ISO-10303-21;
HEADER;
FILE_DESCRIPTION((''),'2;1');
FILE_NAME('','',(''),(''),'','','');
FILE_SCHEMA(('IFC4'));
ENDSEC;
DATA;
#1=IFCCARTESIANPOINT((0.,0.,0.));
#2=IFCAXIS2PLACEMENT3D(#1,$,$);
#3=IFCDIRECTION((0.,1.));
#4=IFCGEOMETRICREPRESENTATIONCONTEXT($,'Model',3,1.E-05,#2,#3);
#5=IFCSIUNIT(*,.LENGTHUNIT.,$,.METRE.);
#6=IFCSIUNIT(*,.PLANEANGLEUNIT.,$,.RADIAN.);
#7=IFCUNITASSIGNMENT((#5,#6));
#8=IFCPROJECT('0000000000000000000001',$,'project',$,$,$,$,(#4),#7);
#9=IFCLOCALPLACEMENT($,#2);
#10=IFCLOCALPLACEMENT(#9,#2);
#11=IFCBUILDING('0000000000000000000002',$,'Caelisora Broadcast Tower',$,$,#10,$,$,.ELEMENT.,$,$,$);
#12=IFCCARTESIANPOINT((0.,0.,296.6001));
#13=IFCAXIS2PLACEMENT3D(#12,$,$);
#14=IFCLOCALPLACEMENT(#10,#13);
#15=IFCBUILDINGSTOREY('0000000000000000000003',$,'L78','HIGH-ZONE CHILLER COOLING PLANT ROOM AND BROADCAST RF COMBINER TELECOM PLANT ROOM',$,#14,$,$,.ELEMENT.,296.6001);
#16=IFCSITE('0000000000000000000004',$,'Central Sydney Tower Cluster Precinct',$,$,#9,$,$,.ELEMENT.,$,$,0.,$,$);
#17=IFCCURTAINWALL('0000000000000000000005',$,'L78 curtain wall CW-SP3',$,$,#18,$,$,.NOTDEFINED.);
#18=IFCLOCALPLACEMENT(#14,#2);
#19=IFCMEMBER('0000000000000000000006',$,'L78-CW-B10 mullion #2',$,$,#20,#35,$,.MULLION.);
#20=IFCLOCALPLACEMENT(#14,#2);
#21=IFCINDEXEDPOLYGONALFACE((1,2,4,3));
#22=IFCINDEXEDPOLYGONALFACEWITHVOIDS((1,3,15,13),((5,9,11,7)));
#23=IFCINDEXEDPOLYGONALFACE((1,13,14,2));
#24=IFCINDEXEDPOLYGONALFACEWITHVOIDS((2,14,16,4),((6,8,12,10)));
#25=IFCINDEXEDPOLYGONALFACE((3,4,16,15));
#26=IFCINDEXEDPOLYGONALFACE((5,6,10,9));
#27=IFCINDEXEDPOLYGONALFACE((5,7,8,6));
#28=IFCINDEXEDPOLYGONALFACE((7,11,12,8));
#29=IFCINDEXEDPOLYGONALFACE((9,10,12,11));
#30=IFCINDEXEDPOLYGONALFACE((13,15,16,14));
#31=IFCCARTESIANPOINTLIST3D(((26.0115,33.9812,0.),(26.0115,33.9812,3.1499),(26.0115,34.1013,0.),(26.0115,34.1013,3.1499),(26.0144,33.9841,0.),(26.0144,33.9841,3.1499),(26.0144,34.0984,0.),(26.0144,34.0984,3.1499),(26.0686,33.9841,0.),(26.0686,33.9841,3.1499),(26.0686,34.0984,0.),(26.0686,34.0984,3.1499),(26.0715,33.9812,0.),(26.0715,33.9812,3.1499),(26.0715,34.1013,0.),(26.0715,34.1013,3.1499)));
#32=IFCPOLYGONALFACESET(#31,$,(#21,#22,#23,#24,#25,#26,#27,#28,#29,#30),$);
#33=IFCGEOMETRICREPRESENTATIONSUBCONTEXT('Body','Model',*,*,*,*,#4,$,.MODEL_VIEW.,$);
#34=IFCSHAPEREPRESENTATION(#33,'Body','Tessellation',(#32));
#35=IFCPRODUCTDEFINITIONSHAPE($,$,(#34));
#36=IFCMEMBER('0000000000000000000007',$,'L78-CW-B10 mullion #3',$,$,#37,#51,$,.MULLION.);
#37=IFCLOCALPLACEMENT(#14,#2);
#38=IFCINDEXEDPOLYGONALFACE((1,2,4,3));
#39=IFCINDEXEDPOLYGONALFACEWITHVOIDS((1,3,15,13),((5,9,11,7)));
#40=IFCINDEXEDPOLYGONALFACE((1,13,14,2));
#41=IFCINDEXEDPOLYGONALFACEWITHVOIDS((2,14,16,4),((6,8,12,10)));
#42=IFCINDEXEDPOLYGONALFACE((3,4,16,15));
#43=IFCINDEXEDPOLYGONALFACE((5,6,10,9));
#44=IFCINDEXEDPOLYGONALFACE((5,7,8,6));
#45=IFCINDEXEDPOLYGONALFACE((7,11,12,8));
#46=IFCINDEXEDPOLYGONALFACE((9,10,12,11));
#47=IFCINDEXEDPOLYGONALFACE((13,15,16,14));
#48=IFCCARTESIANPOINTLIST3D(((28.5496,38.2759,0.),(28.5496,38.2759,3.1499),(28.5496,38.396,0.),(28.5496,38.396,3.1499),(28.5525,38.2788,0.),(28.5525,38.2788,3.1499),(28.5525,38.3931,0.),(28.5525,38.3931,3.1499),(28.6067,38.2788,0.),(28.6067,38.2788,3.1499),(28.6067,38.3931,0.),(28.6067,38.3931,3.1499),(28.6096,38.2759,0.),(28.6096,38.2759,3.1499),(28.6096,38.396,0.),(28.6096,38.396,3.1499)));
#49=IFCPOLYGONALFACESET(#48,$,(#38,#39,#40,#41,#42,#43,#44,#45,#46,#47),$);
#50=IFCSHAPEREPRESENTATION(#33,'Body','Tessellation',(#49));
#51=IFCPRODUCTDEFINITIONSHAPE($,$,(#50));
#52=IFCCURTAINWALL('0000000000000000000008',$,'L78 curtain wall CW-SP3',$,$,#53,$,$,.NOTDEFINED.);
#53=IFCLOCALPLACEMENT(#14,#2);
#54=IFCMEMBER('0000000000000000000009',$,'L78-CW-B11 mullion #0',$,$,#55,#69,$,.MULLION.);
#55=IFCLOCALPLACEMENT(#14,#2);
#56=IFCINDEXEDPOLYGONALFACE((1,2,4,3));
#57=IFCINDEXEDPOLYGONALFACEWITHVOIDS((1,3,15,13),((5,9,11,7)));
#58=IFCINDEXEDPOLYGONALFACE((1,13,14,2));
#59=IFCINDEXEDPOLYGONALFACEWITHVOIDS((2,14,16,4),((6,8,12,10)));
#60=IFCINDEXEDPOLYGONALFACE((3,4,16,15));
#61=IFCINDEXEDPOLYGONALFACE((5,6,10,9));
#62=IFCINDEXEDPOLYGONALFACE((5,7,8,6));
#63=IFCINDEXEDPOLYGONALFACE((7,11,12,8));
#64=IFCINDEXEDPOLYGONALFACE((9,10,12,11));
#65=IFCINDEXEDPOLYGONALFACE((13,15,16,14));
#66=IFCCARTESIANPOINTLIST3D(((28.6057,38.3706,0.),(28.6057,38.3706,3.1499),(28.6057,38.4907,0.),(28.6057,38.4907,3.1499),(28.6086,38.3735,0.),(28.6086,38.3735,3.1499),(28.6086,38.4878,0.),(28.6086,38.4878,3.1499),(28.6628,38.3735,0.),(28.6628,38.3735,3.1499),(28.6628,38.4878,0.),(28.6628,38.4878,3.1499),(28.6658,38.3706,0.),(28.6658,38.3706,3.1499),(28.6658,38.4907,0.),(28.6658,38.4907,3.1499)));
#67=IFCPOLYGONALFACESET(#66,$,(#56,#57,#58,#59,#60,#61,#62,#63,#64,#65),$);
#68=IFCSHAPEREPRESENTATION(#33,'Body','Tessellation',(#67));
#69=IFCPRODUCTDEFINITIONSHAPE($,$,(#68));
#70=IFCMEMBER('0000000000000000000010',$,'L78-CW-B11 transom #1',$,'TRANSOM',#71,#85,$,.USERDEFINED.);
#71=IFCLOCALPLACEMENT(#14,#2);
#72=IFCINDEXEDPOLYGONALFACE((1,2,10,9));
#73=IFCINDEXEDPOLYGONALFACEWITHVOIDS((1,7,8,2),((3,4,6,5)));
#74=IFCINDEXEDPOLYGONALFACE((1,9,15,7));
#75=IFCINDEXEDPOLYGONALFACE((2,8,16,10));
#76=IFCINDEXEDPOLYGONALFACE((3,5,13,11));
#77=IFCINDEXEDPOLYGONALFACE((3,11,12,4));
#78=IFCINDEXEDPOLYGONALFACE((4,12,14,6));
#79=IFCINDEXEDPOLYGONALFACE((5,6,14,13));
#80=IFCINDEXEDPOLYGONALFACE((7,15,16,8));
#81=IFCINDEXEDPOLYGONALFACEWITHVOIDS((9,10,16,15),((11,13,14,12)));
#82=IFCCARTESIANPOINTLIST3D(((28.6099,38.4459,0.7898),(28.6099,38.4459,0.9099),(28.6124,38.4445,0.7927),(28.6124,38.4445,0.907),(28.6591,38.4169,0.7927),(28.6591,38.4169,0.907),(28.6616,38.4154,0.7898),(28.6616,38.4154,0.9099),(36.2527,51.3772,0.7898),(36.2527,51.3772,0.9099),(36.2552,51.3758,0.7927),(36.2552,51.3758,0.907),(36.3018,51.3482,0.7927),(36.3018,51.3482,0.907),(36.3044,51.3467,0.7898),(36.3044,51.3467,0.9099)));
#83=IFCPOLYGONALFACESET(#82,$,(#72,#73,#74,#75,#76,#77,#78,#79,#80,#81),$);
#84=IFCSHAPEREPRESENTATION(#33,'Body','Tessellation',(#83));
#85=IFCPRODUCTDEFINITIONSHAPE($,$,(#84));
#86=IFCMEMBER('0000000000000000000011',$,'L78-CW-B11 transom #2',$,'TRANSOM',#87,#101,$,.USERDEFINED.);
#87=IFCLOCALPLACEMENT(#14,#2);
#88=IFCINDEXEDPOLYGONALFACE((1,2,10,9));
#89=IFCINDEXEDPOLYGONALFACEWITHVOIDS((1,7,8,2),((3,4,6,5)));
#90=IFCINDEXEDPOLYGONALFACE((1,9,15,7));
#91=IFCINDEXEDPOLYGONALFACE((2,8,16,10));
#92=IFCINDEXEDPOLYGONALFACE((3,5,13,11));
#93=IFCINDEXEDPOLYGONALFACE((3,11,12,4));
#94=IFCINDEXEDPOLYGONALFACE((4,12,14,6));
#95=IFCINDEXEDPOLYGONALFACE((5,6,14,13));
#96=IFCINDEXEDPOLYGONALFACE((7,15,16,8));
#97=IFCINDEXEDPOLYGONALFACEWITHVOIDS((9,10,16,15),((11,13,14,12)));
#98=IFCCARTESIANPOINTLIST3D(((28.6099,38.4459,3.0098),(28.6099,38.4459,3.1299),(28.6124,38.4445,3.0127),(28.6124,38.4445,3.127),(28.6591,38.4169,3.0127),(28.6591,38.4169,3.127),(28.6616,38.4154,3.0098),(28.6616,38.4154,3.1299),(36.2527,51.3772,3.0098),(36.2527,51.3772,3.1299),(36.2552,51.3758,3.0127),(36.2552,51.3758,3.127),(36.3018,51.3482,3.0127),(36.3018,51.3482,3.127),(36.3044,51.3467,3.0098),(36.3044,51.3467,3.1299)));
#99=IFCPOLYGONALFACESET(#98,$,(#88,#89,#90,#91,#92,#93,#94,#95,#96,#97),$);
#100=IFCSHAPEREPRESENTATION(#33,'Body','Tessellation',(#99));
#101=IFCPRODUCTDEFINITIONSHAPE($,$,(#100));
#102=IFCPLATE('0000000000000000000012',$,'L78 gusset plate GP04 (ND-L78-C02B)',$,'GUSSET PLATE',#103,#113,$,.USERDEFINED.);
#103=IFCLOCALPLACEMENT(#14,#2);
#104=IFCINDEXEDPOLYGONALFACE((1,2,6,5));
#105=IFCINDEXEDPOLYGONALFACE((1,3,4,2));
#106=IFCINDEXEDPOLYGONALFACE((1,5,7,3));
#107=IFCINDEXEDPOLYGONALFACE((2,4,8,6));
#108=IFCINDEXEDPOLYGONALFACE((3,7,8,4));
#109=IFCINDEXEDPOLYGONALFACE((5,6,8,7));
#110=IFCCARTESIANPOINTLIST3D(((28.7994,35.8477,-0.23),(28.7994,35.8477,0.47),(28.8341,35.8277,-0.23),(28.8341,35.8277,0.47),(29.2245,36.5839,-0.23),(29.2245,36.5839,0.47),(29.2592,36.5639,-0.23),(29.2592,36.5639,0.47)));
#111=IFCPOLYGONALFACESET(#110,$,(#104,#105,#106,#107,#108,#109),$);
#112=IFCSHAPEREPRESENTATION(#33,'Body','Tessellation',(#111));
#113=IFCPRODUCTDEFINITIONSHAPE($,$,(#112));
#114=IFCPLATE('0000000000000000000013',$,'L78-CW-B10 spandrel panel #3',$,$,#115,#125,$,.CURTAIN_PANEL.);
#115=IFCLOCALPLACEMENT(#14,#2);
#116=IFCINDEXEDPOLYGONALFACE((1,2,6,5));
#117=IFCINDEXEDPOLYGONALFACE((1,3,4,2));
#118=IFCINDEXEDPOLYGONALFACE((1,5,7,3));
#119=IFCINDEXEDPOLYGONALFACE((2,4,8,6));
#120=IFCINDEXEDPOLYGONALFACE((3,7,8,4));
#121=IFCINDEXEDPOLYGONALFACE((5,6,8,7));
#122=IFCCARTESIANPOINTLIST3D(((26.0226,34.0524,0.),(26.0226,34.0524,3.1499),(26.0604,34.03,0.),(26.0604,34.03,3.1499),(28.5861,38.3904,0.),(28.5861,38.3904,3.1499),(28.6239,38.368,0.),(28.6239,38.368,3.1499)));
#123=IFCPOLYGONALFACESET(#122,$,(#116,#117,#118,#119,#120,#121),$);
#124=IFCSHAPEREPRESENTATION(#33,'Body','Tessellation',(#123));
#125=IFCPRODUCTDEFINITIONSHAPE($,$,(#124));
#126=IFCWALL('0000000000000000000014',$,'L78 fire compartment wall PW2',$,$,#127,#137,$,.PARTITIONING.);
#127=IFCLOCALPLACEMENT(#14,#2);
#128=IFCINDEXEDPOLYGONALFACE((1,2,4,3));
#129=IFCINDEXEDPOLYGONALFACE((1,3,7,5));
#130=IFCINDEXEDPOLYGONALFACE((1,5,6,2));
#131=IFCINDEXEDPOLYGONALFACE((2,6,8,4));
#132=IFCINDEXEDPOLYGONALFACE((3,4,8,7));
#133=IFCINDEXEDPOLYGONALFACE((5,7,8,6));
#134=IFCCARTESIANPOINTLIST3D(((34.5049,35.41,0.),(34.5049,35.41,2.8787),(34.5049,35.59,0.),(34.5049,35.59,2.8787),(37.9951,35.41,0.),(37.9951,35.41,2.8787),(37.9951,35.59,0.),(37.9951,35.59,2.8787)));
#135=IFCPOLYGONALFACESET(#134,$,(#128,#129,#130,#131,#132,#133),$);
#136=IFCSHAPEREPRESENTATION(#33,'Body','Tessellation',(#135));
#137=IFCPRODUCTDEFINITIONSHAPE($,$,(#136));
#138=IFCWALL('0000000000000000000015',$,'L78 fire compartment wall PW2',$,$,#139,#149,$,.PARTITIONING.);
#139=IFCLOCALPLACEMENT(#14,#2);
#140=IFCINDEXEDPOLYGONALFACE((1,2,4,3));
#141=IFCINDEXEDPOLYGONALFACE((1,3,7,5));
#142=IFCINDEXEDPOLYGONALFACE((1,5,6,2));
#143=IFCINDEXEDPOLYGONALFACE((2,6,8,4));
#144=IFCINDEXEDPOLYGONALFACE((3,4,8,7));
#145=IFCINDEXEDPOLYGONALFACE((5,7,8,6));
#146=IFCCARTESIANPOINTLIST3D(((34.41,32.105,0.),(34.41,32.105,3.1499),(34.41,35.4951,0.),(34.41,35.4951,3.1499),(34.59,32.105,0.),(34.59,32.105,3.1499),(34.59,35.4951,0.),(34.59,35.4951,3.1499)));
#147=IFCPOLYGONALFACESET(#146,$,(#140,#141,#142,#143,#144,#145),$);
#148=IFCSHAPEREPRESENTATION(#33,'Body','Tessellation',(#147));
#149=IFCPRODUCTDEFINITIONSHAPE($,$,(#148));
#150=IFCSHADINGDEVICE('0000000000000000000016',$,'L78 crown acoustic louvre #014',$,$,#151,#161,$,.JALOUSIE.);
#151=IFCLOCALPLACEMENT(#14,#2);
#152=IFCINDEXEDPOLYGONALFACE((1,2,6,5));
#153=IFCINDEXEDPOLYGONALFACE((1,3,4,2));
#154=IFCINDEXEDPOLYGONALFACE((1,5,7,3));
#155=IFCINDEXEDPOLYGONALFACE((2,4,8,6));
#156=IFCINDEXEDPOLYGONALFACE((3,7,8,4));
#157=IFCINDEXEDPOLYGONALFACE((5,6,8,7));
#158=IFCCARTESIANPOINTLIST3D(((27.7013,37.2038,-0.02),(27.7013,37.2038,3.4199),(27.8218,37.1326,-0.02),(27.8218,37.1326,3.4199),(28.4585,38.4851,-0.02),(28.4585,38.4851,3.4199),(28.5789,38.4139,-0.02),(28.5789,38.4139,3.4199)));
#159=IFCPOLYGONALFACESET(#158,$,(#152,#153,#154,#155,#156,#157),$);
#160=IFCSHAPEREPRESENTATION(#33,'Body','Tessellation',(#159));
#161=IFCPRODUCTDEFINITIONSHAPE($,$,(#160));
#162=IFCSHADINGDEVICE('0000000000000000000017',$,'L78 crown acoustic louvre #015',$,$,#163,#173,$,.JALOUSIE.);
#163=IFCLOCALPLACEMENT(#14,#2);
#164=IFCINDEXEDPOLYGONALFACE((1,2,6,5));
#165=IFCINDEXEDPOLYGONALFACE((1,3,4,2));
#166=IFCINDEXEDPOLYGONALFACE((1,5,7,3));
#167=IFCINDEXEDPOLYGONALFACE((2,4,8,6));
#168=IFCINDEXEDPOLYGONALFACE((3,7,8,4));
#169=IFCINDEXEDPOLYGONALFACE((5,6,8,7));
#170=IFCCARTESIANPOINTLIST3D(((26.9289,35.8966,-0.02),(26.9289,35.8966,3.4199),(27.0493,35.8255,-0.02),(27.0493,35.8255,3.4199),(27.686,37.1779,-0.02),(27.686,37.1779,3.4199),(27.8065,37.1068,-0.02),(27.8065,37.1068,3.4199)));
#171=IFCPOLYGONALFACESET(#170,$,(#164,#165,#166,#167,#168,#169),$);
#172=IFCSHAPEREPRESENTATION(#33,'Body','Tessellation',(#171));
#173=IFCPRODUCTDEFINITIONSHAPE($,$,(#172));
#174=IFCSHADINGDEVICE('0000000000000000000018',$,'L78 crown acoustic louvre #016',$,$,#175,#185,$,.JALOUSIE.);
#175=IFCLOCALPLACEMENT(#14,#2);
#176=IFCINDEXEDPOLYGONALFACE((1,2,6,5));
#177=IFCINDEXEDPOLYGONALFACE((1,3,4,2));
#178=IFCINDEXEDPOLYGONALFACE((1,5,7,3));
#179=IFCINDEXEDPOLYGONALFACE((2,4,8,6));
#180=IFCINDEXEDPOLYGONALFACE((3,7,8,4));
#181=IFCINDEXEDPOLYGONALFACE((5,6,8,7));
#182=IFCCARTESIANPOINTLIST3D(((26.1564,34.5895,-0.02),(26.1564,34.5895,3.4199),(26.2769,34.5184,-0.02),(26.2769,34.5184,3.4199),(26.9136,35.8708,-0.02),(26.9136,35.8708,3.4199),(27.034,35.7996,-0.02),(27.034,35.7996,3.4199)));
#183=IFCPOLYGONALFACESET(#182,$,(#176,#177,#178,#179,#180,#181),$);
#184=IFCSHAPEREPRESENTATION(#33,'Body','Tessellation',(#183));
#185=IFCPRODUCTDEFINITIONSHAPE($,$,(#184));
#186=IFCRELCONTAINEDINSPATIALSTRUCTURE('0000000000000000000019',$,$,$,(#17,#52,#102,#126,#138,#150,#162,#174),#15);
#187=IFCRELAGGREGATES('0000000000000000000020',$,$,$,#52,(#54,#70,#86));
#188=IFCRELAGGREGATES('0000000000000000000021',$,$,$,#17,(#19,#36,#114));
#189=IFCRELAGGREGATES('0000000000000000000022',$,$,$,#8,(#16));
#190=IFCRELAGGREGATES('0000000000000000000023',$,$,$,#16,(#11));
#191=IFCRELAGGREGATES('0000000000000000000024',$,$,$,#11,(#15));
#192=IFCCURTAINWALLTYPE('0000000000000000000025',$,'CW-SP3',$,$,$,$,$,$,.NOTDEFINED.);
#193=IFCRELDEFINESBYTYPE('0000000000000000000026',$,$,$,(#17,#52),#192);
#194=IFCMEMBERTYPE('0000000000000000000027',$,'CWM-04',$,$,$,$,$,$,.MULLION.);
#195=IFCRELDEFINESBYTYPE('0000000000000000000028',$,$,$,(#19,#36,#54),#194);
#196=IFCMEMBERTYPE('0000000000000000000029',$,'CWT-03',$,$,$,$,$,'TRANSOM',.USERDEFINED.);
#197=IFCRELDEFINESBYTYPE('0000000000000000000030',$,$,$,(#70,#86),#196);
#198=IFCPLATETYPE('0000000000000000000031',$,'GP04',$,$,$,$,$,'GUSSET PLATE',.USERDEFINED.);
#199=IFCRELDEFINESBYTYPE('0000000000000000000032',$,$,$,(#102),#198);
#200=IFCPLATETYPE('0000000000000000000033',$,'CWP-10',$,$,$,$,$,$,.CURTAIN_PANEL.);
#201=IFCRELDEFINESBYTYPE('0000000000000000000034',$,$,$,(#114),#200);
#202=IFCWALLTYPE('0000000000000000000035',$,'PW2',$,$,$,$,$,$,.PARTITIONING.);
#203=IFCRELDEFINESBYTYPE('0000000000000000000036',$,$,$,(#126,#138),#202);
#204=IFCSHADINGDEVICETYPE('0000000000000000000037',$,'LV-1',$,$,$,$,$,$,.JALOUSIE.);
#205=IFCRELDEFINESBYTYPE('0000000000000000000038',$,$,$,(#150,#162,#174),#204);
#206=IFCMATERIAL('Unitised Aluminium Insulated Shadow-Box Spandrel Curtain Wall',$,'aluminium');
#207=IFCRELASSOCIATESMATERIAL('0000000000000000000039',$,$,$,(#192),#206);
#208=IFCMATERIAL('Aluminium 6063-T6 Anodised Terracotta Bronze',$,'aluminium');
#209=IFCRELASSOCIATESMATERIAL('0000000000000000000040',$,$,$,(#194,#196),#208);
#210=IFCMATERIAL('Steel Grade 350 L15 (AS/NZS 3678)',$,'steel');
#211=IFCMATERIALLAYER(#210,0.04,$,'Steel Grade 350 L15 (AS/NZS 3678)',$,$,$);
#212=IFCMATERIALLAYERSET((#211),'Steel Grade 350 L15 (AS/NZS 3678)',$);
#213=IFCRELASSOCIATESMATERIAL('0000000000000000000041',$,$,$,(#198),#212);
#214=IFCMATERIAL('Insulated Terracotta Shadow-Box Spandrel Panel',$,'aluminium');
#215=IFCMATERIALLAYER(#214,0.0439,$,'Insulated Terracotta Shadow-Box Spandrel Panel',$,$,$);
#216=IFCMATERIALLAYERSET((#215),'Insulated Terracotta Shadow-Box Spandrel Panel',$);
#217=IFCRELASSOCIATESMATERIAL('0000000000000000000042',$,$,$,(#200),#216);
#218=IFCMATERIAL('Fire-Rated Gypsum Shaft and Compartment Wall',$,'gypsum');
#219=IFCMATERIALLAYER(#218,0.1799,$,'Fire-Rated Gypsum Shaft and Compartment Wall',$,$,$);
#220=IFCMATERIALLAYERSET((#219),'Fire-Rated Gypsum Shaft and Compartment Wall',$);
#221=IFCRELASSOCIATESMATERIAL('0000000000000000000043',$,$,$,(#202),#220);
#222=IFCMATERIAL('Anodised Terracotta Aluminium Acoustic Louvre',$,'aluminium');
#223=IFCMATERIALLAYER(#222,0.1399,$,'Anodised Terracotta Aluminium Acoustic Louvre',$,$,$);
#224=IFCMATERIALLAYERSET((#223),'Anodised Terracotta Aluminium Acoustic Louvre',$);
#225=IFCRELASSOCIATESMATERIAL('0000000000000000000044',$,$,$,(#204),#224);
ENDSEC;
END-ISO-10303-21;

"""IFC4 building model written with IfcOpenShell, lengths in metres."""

from ifc_helpers import new_model, si_unit, direction, frame, frame_2d, origin, origin_2d, place, context, subcontext, project, spatial, rectangle, hollow_rectangle, extrude, source, transform, mapped, material, layer, layer_set, material_profile, profile_set, type_object, type_shapes, element, aggregate, save


model = new_model("IFC4")

# Units and contexts
model_context = context("Model", 3, precision=1e-05, world=origin(), true_north=direction((0.0, 1.0)))
body_context = subcontext(model_context, "Body", "Model", "MODEL_VIEW")
ifc_project = project(units=[si_unit("LENGTHUNIT", "METRE"), si_unit("PLANEANGLEUNIT", "RADIAN")], contexts=[model_context])

# Site, building, storey
site_placement = place(None, origin())
site = spatial("IfcSite", under=ifc_project, at=site_placement, Name="Central Sydney Tower Cluster Precinct", CompositionType="ELEMENT", RefElevation=0.0)
building_placement = place(site_placement, origin())
building = spatial("IfcBuilding", under=site, at=building_placement, Name="Caelisora Broadcast Tower", CompositionType="ELEMENT")
storey_placement = place(building_placement, frame((0.0, 0.0, 296.6001)))
storey = spatial("IfcBuildingStorey", under=building, at=storey_placement, Name="L78", Description="HIGH-ZONE CHILLER COOLING PLANT ROOM AND BROADCAST RF COMBINER TELECOM PLANT ROOM", CompositionType="ELEMENT", Elevation=296.6001)

# Curtain walls, members
ifc_material_1 = material(Name="Unitised Aluminium Insulated Shadow-Box Spandrel Curtain Wall", Category="aluminium")
curtain_wall_type = type_object("IfcCurtainWallType", Name="CW-SP3", PredefinedType="NOTDEFINED", material=ifc_material_1)
curtain_wall_1_placement = place(storey_placement, origin())
curtain_wall_1 = element("IfcCurtainWall", 1, at=curtain_wall_1_placement, inside=storey, type_object=curtain_wall_type, Name="L78 curtain wall CW-SP3", PredefinedType="NOTDEFINED")
ifc_material_2 = material(Name="Aluminium 6063-T6 Anodised Terracotta Bronze", Category="aluminium")
ifc_material_profile_1 = material_profile(ifc_material_2, hollow_rectangle(XDim=0.0601, YDim=0.1201, WallThickness=0.0029, at=origin_2d()), Name="Aluminium 6063-T6 Anodised Terracotta Bronze")
ifc_profile_set_1 = profile_set([ifc_material_profile_1], Name="Aluminium 6063-T6 Anodised Terracotta Bronze")
member_type_1 = type_object("IfcMemberType", Name="CWM-04", PredefinedType="MULLION", material=ifc_profile_set_1)
shared_shape_1 = source(origin(), body_context, "Body", "SweptSolid", [
    extrude(hollow_rectangle(XDim=0.0601, YDim=0.1201, WallThickness=0.0029, at=origin_2d()), origin(), (0.0, 0.0, 1.0), 3.1499),
])
type_shapes(member_type_1, [shared_shape_1])
member_1_placement = place(storey_placement, frame((26.0415, 34.0413, 0.0), z_axis=(0.0, 0.0, 1.0), x_axis=(1.0, 0.0, 0.0)))
member_1 = element("IfcMember", 2, at=member_1_placement, type_object=member_type_1, Name="L78-CW-B10 mullion #2", PredefinedType="MULLION", context=body_context, shape_type="MappedRepresentation", body=[
    mapped(shared_shape_1, transform((0.0, 0.0, 0.0), scale=1.0)),
])
member_2_placement = place(storey_placement, frame((28.5796, 38.3359, 0.0), z_axis=(0.0, 0.0, 1.0), x_axis=(1.0, 0.0, 0.0)))
member_2 = element("IfcMember", 3, at=member_2_placement, type_object=member_type_1, Name="L78-CW-B10 mullion #3", PredefinedType="MULLION", context=body_context, shape_type="MappedRepresentation", body=[
    mapped(shared_shape_1, transform((0.0, 0.0, 0.0), scale=1.0)),
])
curtain_wall_2_placement = place(storey_placement, origin())
curtain_wall_2 = element("IfcCurtainWall", 4, at=curtain_wall_2_placement, inside=storey, type_object=curtain_wall_type, Name="L78 curtain wall CW-SP3", PredefinedType="NOTDEFINED")
member_3_placement = place(storey_placement, frame((28.6357, 38.4307, 0.0), z_axis=(0.0, 0.0, 1.0), x_axis=(1.0, 0.0, 0.0)))
member_3 = element("IfcMember", 5, at=member_3_placement, type_object=member_type_1, Name="L78-CW-B11 mullion #0", PredefinedType="MULLION", context=body_context, shape_type="MappedRepresentation", body=[
    mapped(shared_shape_1, transform((0.0, 0.0, 0.0), scale=1.0)),
])
ifc_material_profile_2 = material_profile(ifc_material_2, hollow_rectangle(XDim=0.0601, YDim=0.1201, WallThickness=0.0029, at=origin_2d()), Name="Aluminium 6063-T6 Anodised Terracotta Bronze")
ifc_profile_set_2 = profile_set([ifc_material_profile_2], Name="Aluminium 6063-T6 Anodised Terracotta Bronze")
member_type_2 = type_object("IfcMemberType", Name="CWT-03", ElementType="TRANSOM", PredefinedType="USERDEFINED", material=ifc_profile_set_2)
shared_shape_2 = source(origin(), body_context, "Body", "SweptSolid", [
    extrude(hollow_rectangle(XDim=0.0601, YDim=0.1201, WallThickness=0.0029, at=origin_2d()), origin(), (0.0, 0.0, 1.0), 15.021),
])
type_shapes(member_type_2, [shared_shape_2])
member_4_placement = place(storey_placement, frame((28.6357, 38.4307, 0.8499), z_axis=(0.508805, 0.860882, 0.0), x_axis=(-0.860882, 0.508805, 0.0)))
member_4 = element("IfcMember", 6, at=member_4_placement, type_object=member_type_2, Name="L78-CW-B11 transom #1", ObjectType="TRANSOM", PredefinedType="USERDEFINED", context=body_context, shape_type="MappedRepresentation", body=[
    mapped(shared_shape_2, transform((0.0, 0.0, 0.0), scale=1.0)),
])
member_5_placement = place(storey_placement, frame((28.6357, 38.4307, 3.0698), z_axis=(0.508805, 0.860882, 0.0), x_axis=(-0.860882, 0.508805, 0.0)))
member_5 = element("IfcMember", 7, at=member_5_placement, type_object=member_type_2, Name="L78-CW-B11 transom #2", ObjectType="TRANSOM", PredefinedType="USERDEFINED", context=body_context, shape_type="MappedRepresentation", body=[
    mapped(shared_shape_2, transform((0.0, 0.0, 0.0), scale=1.0)),
])
aggregate(curtain_wall_2, [member_3, member_4, member_5])

# Plates
ifc_material_3 = material(Name="Steel Grade 350 L15 (AS/NZS 3678)", Category="steel")
ifc_layer_1 = layer(ifc_material_3, 0.04, Name="Steel Grade 350 L15 (AS/NZS 3678)")
ifc_layer_set_1 = layer_set([ifc_layer_1], Name="Steel Grade 350 L15 (AS/NZS 3678)")
plate_type_1 = type_object("IfcPlateType", Name="GP04", ElementType="GUSSET PLATE", PredefinedType="USERDEFINED", material=ifc_layer_set_1)
shared_shape_3 = source(origin(), body_context, "Body", "SweptSolid", [
    extrude(rectangle(XDim=0.8501, YDim=0.04, at=origin_2d()), origin(), (0.0, 0.0, 1.0), 0.7),
])
type_shapes(plate_type_1, [shared_shape_3])
plate_1_placement = place(storey_placement, frame((29.0293, 36.2058, -0.23), z_axis=(0.0, 0.0, 1.0), x_axis=(-0.5, -0.866025, 0.0)))
element("IfcPlate", 8, at=plate_1_placement, inside=storey, type_object=plate_type_1, Name="L78 gusset plate GP04 (ND-L78-C02B)", ObjectType="GUSSET PLATE", PredefinedType="USERDEFINED", context=body_context, shape_type="MappedRepresentation", body=[
    mapped(shared_shape_3, transform((0.0, 0.0, 0.0), scale=1.0)),
])
ifc_material_4 = material(Name="Insulated Terracotta Shadow-Box Spandrel Panel", Category="aluminium")
ifc_layer_2 = layer(ifc_material_4, 0.0439, Name="Insulated Terracotta Shadow-Box Spandrel Panel")
ifc_layer_set_2 = layer_set([ifc_layer_2], Name="Insulated Terracotta Shadow-Box Spandrel Panel")
plate_type_2 = type_object("IfcPlateType", Name="CWP-10", PredefinedType="CURTAIN_PANEL", material=ifc_layer_set_2)
shared_shape_4 = source(origin(), body_context, "Body", "SweptSolid", [
    extrude(rectangle(XDim=5.0388, YDim=0.0439, at=origin_2d()), origin(), (0.0, 0.0, 1.0), 3.1499),
])
type_shapes(plate_type_2, [shared_shape_4])
plate_2_placement = place(storey_placement, frame((27.3232, 36.2102, 0.0), z_axis=(0.0, 0.0, 1.0), x_axis=(0.508741, 0.86092, 0.0)))
plate_2 = element("IfcPlate", 9, at=plate_2_placement, type_object=plate_type_2, Name="L78-CW-B10 spandrel panel #3", PredefinedType="CURTAIN_PANEL", context=body_context, shape_type="MappedRepresentation", body=[
    mapped(shared_shape_4, transform((0.0, 0.0, 0.0), scale=1.0)),
])
aggregate(curtain_wall_1, [member_1, member_2, plate_2])

# Shared definitions
ifc_material_5 = material(Name="Fire-Rated Gypsum Shaft and Compartment Wall", Category="gypsum")
ifc_layer_3 = layer(ifc_material_5, 0.1799, Name="Fire-Rated Gypsum Shaft and Compartment Wall")
ifc_layer_set_3 = layer_set([ifc_layer_3], Name="Fire-Rated Gypsum Shaft and Compartment Wall")
wall_type = type_object("IfcWallType", Name="PW2", PredefinedType="PARTITIONING", material=ifc_layer_set_3)

# Walls
wall_1_placement = place(storey_placement, frame((34.5049, 35.5, 0.0), z_axis=(0.0, 0.0, 1.0), x_axis=(1.0, 0.0, 0.0)))
element("IfcWall", 10, at=wall_1_placement, inside=storey, type_object=wall_type, Name="L78 fire compartment wall PW2", PredefinedType="PARTITIONING", context=body_context, shape_type="SweptSolid", body=[
    extrude(rectangle(XDim=3.4902, YDim=0.1799, at=frame_2d((1.7451, 0.0))), origin(), (0.0, 0.0, 1.0), 2.8787),
])
wall_2_placement = place(storey_placement, frame((34.5, 32.105, 0.0), z_axis=(0.0, 0.0, 1.0), x_axis=(0.0, 1.0, 0.0)))
element("IfcWall", 11, at=wall_2_placement, inside=storey, type_object=wall_type, Name="L78 fire compartment wall PW2", PredefinedType="PARTITIONING", context=body_context, shape_type="SweptSolid", body=[
    extrude(rectangle(XDim=3.3901, YDim=0.1799, at=frame_2d((1.6951, 0.0))), origin(), (0.0, 0.0, 1.0), 3.1499),
])

# Shading devices
ifc_material_6 = material(Name="Anodised Terracotta Aluminium Acoustic Louvre", Category="aluminium")
ifc_layer_4 = layer(ifc_material_6, 0.1399, Name="Anodised Terracotta Aluminium Acoustic Louvre")
ifc_layer_set_4 = layer_set([ifc_layer_4], Name="Anodised Terracotta Aluminium Acoustic Louvre")
shading_device_type = type_object("IfcShadingDeviceType", Name="LV-1", PredefinedType="JALOUSIE", material=ifc_layer_set_4)
shared_shape_5 = source(origin(), body_context, "Body", "SweptSolid", [
    extrude(rectangle(XDim=1.4883, YDim=0.1399, at=origin_2d()), origin(), (0.0, 0.0, 1.0), 3.4399),
])
type_shapes(shading_device_type, [shared_shape_5])
for number, where, z_axis, x_axis, name in (
    (12, (28.1401, 37.8088, -0.02), (0.0, 0.0, 1.0), (-0.508741, -0.86092, 0.0), "L78 crown acoustic louvre #014"),
    (13, (27.3677, 36.5017, -0.02), (0.0, 0.0, 1.0), (-0.508741, -0.86092, 0.0), "L78 crown acoustic louvre #015"),
    (14, (26.5952, 35.1946, -0.02), (0.0, 0.0, 1.0), (-0.508741, -0.86092, 0.0), "L78 crown acoustic louvre #016"),
):
    element("IfcShadingDevice", number, at=place(storey_placement, frame(where, z_axis=z_axis, x_axis=x_axis)), inside=storey, type_object=shading_device_type, Name=name, PredefinedType="JALOUSIE", context=body_context, shape_type="MappedRepresentation", body=[
        mapped(shared_shape_5, transform((0.0, 0.0, 0.0), scale=1.0)),
    ])

save(model, "model.ifc")
